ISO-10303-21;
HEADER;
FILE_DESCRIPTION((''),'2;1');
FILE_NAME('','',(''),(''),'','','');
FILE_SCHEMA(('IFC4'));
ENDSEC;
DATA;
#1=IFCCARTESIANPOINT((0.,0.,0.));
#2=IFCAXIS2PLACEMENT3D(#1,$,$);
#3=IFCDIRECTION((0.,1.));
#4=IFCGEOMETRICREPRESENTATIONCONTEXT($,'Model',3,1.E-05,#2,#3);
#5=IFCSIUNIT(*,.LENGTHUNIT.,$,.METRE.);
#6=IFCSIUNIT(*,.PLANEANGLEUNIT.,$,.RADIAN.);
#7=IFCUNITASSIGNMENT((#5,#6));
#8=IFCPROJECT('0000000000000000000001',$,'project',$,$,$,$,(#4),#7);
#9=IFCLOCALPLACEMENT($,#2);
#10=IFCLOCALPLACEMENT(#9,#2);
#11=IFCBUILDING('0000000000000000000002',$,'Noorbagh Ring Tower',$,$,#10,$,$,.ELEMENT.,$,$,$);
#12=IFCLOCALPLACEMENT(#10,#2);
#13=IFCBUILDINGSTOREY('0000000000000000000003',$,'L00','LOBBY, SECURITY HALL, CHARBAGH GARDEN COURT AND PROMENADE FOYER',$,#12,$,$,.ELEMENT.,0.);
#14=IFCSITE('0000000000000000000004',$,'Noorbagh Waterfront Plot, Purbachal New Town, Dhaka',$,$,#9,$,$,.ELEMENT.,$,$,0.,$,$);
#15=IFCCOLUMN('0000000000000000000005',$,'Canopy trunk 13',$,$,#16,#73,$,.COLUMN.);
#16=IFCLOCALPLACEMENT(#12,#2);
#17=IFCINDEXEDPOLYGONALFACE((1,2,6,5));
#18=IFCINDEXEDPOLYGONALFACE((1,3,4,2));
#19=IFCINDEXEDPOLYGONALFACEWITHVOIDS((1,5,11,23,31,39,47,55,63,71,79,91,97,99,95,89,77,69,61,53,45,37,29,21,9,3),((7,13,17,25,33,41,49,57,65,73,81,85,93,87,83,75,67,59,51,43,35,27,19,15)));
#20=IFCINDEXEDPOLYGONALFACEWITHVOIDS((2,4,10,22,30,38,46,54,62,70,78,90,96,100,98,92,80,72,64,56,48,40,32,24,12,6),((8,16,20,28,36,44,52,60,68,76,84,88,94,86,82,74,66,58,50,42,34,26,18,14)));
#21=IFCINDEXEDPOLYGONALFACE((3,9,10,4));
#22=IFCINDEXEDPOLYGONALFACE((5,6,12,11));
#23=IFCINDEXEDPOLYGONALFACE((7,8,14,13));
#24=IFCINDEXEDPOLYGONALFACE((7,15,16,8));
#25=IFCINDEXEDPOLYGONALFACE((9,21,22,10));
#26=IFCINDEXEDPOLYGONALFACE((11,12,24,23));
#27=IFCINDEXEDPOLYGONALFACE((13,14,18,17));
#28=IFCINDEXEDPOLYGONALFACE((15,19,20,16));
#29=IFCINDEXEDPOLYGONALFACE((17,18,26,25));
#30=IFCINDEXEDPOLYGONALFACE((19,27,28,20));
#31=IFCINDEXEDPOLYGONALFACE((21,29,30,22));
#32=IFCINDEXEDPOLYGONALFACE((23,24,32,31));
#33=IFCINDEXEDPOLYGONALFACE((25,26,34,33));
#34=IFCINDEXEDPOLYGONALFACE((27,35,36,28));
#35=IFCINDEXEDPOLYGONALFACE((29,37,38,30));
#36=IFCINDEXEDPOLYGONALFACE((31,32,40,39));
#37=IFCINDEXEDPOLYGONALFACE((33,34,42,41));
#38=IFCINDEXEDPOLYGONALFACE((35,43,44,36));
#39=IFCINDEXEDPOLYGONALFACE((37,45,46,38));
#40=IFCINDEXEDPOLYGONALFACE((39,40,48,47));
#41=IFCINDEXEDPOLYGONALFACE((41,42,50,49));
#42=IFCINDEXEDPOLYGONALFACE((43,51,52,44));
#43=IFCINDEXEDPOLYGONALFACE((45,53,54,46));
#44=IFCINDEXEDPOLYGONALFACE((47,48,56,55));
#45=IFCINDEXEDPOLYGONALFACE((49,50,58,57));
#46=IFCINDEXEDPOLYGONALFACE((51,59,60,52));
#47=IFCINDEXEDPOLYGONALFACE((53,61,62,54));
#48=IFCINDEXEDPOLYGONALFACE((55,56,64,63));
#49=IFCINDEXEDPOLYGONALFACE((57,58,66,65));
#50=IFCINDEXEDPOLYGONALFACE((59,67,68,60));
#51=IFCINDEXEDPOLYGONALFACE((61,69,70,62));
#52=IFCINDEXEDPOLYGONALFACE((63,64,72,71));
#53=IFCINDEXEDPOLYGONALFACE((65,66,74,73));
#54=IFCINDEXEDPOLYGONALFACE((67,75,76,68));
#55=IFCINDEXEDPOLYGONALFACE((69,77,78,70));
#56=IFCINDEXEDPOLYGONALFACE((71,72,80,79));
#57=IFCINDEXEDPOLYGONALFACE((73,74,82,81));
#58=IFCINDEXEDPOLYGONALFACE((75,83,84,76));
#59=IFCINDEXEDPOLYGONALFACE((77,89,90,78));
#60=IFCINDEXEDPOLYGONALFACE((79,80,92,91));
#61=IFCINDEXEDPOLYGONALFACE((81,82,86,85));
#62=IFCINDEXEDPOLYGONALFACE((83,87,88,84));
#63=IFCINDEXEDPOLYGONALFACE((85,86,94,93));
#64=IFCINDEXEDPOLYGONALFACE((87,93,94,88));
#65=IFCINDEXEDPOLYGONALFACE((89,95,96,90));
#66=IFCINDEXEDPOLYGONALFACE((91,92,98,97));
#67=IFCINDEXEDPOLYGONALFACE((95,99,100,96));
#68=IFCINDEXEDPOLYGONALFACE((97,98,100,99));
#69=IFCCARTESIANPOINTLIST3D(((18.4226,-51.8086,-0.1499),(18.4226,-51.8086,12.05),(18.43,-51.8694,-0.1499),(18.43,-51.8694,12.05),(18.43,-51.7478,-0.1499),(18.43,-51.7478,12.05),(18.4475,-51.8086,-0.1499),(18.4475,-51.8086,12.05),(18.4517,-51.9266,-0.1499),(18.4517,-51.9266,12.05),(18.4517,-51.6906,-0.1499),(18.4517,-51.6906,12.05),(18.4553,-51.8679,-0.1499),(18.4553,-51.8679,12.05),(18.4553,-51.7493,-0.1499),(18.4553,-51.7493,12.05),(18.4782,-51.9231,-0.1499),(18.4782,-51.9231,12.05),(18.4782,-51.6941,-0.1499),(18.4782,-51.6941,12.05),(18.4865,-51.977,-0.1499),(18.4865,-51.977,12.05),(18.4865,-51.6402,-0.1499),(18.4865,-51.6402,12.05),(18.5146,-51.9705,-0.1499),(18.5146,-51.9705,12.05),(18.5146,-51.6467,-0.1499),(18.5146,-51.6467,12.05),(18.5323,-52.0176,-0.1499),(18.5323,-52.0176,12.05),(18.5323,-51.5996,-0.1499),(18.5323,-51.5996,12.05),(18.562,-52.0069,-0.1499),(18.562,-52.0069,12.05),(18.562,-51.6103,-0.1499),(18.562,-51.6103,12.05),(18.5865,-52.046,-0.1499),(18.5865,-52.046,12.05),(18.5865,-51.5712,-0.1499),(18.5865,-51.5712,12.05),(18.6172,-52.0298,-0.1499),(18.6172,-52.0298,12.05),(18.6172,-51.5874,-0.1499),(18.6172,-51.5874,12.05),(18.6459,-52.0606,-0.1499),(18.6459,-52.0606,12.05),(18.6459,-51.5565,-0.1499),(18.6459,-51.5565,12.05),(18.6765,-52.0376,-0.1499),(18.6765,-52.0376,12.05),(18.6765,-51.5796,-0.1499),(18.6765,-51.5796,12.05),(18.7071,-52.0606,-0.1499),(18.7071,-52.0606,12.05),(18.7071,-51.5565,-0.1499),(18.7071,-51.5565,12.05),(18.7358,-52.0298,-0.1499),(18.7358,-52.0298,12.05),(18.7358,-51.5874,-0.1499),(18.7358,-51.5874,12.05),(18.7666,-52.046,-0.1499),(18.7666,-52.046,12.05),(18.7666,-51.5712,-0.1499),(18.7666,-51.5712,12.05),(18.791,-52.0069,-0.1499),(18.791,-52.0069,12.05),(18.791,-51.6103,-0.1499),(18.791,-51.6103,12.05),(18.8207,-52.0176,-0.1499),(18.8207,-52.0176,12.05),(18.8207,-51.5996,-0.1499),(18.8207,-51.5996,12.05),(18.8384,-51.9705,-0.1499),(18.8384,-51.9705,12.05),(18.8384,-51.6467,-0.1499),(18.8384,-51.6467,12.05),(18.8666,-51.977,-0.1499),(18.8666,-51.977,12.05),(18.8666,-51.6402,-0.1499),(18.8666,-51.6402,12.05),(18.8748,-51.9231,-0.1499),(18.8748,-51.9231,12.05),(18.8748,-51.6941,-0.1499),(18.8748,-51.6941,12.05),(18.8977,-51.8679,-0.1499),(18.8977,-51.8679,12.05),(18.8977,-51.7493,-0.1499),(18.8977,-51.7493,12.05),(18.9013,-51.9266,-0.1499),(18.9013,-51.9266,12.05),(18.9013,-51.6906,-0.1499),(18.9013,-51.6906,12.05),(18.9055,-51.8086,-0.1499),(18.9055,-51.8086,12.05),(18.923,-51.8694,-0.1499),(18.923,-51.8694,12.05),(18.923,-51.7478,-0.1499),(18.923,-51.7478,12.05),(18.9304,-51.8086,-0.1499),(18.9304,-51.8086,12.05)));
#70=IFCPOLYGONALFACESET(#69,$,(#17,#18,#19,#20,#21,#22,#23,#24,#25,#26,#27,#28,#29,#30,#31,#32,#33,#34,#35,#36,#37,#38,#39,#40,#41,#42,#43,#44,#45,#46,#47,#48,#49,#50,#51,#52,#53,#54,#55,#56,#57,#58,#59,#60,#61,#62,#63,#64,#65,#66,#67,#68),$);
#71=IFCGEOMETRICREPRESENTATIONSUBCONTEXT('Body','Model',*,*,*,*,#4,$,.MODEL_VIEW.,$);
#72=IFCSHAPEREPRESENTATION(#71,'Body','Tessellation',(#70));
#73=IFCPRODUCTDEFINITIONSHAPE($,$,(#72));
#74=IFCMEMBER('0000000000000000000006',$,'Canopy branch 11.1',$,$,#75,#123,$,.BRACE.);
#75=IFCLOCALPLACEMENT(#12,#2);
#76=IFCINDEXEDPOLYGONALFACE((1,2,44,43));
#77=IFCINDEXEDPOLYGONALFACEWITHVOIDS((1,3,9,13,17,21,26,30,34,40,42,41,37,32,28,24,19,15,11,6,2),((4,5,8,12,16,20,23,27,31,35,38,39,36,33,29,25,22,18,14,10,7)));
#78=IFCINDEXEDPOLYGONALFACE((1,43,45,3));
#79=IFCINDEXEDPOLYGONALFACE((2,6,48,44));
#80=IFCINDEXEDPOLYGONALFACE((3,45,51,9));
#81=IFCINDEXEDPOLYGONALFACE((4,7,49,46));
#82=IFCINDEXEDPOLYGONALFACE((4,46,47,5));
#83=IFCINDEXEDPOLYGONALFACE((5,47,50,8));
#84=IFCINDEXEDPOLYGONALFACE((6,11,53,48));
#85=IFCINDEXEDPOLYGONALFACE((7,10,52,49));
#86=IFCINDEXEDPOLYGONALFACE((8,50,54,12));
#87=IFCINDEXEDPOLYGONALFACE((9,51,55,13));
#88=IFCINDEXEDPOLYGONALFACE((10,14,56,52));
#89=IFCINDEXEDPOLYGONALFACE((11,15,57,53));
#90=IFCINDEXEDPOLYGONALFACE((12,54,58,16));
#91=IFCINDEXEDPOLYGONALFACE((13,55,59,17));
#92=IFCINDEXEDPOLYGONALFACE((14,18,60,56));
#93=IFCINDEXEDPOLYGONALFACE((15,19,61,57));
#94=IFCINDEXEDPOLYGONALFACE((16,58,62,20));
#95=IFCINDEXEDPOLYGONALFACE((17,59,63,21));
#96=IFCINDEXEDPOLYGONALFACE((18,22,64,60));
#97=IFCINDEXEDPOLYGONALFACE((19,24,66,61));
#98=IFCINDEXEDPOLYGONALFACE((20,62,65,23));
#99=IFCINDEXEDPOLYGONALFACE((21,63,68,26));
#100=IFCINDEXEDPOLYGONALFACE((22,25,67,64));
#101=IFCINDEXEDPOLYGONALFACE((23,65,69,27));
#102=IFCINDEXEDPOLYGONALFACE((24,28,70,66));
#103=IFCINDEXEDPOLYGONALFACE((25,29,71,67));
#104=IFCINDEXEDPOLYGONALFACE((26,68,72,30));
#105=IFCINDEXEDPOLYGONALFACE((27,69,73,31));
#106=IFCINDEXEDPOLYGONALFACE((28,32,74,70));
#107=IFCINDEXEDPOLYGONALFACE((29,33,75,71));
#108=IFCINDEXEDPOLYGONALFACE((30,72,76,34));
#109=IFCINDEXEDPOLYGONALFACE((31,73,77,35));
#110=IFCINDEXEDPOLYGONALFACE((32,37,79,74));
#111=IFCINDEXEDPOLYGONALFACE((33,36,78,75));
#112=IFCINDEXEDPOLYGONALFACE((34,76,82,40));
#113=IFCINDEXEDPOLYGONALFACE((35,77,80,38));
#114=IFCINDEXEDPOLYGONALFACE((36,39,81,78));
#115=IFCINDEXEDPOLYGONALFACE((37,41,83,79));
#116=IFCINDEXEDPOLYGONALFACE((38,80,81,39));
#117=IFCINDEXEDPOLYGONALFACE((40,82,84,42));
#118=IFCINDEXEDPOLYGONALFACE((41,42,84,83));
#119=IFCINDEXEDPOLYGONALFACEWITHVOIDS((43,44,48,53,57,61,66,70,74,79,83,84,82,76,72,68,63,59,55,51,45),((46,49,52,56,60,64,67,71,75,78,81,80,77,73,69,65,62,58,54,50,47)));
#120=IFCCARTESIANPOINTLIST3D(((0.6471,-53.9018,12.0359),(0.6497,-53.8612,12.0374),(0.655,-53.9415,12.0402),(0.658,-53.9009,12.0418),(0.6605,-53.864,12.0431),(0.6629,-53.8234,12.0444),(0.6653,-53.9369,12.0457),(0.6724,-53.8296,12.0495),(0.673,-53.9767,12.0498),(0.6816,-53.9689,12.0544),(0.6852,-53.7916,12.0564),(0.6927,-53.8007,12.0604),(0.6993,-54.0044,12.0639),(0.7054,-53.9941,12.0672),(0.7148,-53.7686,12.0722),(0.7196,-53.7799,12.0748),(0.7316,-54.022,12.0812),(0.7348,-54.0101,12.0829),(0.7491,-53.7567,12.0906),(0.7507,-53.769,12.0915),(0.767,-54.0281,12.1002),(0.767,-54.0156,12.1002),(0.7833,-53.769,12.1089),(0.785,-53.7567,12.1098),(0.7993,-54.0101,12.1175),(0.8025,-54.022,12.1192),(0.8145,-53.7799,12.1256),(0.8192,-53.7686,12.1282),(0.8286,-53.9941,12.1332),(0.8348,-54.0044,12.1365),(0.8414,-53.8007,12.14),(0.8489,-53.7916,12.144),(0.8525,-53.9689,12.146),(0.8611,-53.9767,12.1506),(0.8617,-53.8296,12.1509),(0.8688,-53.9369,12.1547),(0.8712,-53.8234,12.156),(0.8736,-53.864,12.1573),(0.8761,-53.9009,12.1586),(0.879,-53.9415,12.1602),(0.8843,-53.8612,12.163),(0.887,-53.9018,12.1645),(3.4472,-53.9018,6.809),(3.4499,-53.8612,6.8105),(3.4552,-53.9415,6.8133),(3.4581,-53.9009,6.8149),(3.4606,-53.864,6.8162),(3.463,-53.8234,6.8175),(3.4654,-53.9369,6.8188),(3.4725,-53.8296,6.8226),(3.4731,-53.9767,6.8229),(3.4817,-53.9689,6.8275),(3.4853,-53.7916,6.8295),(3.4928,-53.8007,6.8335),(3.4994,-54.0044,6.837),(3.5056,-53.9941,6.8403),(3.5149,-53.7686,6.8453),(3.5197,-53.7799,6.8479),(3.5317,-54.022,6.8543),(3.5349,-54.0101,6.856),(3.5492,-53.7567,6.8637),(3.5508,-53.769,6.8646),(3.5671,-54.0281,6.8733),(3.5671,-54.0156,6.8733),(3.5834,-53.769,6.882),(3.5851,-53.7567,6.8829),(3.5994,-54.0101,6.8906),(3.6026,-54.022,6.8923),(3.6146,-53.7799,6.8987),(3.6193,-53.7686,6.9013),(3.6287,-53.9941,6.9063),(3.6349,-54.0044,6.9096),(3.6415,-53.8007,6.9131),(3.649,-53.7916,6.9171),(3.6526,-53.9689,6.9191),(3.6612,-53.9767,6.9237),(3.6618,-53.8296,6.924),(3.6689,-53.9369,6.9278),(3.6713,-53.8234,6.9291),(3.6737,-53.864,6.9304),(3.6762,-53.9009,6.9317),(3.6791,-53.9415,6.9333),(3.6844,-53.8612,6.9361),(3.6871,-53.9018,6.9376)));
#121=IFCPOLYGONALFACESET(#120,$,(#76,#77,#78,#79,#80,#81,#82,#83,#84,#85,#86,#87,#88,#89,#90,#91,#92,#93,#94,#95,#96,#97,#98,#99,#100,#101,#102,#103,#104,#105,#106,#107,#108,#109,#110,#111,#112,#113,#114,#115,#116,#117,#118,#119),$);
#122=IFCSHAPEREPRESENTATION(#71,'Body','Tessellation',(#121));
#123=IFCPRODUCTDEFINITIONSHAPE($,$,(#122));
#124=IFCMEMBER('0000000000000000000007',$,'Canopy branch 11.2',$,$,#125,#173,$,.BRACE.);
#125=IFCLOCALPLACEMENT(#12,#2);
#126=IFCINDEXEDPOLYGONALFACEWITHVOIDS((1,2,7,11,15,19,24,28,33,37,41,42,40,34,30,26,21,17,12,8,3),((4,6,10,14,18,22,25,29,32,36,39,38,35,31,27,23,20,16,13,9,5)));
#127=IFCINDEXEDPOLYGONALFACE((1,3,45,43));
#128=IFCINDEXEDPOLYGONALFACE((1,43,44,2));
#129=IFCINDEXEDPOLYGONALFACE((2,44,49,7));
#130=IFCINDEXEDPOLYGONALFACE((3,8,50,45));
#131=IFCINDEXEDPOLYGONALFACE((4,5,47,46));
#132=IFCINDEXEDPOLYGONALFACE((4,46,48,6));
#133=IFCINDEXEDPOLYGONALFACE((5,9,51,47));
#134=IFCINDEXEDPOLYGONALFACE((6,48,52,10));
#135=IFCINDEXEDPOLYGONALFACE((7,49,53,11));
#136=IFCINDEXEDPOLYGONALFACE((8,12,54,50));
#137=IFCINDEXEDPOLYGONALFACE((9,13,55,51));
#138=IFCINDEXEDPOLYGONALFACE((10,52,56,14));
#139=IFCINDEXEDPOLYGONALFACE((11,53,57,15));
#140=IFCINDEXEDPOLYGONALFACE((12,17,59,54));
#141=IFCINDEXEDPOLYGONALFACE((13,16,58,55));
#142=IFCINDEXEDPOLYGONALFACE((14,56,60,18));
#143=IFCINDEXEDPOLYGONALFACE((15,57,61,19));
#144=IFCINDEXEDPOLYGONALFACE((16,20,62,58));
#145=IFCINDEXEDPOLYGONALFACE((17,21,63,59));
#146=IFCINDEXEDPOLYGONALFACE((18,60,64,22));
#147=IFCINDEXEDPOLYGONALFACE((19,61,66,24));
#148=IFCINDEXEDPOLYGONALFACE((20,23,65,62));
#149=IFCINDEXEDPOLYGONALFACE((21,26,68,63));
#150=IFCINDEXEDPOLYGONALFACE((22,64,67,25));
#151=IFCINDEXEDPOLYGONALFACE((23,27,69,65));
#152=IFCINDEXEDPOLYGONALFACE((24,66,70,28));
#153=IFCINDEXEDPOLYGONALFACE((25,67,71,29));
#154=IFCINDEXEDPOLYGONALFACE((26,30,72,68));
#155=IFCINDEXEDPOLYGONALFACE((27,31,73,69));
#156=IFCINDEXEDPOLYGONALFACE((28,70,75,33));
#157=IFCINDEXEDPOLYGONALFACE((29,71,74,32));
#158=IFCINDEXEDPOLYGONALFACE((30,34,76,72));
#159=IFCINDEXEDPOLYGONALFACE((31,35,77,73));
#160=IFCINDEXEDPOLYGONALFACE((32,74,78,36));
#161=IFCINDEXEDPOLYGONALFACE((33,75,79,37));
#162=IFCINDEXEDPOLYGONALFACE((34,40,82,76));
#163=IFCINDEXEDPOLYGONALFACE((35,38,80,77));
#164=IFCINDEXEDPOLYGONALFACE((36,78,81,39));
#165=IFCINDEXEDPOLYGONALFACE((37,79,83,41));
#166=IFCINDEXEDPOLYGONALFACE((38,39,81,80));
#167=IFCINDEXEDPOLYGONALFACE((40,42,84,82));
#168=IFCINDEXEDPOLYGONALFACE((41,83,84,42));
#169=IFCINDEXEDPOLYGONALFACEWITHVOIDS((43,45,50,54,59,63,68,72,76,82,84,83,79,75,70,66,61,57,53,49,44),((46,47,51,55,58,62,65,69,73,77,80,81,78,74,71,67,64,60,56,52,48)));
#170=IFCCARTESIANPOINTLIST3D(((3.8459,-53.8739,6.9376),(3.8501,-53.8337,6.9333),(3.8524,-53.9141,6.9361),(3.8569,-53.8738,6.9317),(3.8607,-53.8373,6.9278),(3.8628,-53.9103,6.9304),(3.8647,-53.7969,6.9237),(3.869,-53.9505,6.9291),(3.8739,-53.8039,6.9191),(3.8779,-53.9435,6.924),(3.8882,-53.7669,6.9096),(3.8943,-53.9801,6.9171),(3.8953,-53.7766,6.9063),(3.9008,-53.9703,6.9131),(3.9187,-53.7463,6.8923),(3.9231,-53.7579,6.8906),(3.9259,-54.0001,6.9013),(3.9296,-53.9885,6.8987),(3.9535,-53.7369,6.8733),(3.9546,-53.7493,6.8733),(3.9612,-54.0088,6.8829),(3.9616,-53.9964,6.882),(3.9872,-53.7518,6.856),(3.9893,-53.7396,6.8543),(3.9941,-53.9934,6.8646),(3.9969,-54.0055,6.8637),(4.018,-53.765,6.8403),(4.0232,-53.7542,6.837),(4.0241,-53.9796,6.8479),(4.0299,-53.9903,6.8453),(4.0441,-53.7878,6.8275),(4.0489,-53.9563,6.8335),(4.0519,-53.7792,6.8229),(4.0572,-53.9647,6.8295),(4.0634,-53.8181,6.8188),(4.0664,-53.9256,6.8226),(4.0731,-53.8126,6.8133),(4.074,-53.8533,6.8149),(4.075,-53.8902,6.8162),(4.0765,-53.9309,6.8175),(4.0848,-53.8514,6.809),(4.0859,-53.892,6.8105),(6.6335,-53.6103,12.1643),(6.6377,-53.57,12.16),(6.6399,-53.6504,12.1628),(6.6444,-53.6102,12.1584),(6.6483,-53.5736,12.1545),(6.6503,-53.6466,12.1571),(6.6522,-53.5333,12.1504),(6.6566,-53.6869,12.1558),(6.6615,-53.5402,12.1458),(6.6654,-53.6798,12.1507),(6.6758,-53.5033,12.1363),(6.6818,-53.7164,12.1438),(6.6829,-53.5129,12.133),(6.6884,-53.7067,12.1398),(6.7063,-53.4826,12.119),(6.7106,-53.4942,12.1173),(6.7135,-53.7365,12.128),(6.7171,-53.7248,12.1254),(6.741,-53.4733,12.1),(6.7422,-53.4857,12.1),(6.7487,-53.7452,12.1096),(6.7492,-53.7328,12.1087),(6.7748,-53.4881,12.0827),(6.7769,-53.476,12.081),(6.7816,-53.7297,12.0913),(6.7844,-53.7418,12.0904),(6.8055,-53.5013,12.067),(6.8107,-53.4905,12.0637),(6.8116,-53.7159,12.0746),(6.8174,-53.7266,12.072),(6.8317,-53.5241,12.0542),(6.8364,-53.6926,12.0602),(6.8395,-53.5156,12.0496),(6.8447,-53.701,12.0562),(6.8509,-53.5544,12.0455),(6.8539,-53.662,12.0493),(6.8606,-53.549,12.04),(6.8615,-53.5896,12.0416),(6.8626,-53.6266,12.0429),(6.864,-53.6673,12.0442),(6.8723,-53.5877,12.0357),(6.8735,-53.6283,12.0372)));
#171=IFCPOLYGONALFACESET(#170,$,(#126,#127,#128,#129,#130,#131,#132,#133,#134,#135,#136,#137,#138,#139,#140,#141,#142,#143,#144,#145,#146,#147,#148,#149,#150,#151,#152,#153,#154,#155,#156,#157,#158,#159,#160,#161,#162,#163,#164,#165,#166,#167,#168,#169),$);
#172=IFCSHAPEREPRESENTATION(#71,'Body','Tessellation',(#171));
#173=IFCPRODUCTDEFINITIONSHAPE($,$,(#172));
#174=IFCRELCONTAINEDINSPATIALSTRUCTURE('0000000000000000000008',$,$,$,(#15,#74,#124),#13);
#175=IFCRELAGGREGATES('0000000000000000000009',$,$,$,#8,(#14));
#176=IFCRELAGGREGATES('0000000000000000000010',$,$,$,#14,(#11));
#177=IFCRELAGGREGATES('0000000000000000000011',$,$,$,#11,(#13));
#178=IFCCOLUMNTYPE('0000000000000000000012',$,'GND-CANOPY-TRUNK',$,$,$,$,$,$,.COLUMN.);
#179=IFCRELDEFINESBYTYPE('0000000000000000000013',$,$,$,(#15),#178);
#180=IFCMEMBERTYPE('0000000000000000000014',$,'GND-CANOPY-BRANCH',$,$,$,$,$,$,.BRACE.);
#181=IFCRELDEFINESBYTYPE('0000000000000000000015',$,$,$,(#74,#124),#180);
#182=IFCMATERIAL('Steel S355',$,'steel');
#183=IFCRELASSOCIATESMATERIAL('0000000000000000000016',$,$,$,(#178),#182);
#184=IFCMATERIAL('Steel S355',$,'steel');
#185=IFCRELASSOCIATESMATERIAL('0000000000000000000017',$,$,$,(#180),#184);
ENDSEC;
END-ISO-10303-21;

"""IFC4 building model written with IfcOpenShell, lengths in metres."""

from ifc_helpers import new_model, si_unit, direction, frame, origin, origin_2d, place, context, subcontext, project, spatial, hollow_circle, extrude, material, material_profile, profile_set, type_object, element, save


model = new_model("IFC4")

# Units and contexts
model_context = context("Model", 3, precision=1e-05, world=origin(), true_north=direction((0.0, 1.0)))
body_context = subcontext(model_context, "Body", "Model", "MODEL_VIEW")
ifc_project = project(units=[si_unit("LENGTHUNIT", "METRE"), si_unit("PLANEANGLEUNIT", "RADIAN")], contexts=[model_context])

# Site, building, storey
site_placement = place(None, origin())
site = spatial("IfcSite", under=ifc_project, at=site_placement, Name="Noorbagh Waterfront Plot, Purbachal New Town, Dhaka", CompositionType="ELEMENT", RefElevation=0.0)
building_placement = place(site_placement, origin())
building = spatial("IfcBuilding", under=site, at=building_placement, Name="Noorbagh Ring Tower", CompositionType="ELEMENT")
storey_placement = place(building_placement, origin())
storey = spatial("IfcBuildingStorey", under=building, at=storey_placement, Name="L00", Description="LOBBY, SECURITY HALL, CHARBAGH GARDEN COURT AND PROMENADE FOYER", CompositionType="ELEMENT", Elevation=0.0)

# Column
ifc_material_1 = material(Name="Steel S355", Category="steel")
ifc_material_profile_1 = material_profile(ifc_material_1, hollow_circle(Radius=0.2539, WallThickness=0.0249, at=origin_2d()), Name="CHS508x25")
ifc_profile_set_1 = profile_set([ifc_material_profile_1], Name="Steel S355")
column_type = type_object("IfcColumnType", Name="GND-CANOPY-TRUNK", PredefinedType="COLUMN", material=ifc_profile_set_1)
for number, where, z_axis, x_axis, name in (
    (1, (18.6765, -51.8086, -0.1499), (0.0, 0.0, 1.0), (1.0, 0.0, 0.0), "Canopy trunk 13"),
):
    element("IfcColumn", number, at=place(storey_placement, frame(where, z_axis=z_axis, x_axis=x_axis)), inside=storey, type_object=column_type, Name=name, PredefinedType="COLUMN", context=body_context, shape_type="SweptSolid", body=[
        extrude(hollow_circle(Radius=0.2539, WallThickness=0.0249, at=origin_2d()), origin(), (0.0, 0.0, 1.0), 12.2),
    ])

# Members
ifc_material_2 = material(Name="Steel S355", Category="steel")
ifc_material_profile_2 = material_profile(ifc_material_2, hollow_circle(Radius=0.1365, WallThickness=0.0125, at=origin_2d()), Name="CHS273x12.5")
ifc_profile_set_2 = profile_set([ifc_material_profile_2], Name="Steel S355")
member_type = type_object("IfcMemberType", Name="GND-CANOPY-BRANCH", PredefinedType="BRACE", material=ifc_profile_set_2)
member_1_placement = place(storey_placement, frame((3.5671, -53.8916, 6.8733), z_axis=(-0.472218, 0.0, 0.881482), x_axis=(0.0, -1.0, 0.0)))
element("IfcMember", 2, at=member_1_placement, inside=storey, type_object=member_type, Name="Canopy branch 11.1", PredefinedType="BRACE", context=body_context, shape_type="SweptSolid", body=[
    extrude(hollow_circle(Radius=0.1365, WallThickness=0.0125, at=origin_2d()), origin(), (0.0, 0.0, 1.0), 5.9297),
])
for number, where, z_axis, x_axis, name in (
    (3, (3.9663, -53.8728, 6.8733), (0.470118, 0.044467, 0.881482), (-0.094167, 0.995556, 0.0), "Canopy branch 11.2"),
):
    element("IfcMember", number, at=place(storey_placement, frame(where, z_axis=z_axis, x_axis=x_axis)), inside=storey, type_object=member_type, Name=name, PredefinedType="BRACE", context=body_context, shape_type="SweptSolid", body=[
        extrude(hollow_circle(Radius=0.1365, WallThickness=0.0125, at=origin_2d()), origin(), (0.0, 0.0, 1.0), 5.9294),
    ])

save(model, "model.ifc")
